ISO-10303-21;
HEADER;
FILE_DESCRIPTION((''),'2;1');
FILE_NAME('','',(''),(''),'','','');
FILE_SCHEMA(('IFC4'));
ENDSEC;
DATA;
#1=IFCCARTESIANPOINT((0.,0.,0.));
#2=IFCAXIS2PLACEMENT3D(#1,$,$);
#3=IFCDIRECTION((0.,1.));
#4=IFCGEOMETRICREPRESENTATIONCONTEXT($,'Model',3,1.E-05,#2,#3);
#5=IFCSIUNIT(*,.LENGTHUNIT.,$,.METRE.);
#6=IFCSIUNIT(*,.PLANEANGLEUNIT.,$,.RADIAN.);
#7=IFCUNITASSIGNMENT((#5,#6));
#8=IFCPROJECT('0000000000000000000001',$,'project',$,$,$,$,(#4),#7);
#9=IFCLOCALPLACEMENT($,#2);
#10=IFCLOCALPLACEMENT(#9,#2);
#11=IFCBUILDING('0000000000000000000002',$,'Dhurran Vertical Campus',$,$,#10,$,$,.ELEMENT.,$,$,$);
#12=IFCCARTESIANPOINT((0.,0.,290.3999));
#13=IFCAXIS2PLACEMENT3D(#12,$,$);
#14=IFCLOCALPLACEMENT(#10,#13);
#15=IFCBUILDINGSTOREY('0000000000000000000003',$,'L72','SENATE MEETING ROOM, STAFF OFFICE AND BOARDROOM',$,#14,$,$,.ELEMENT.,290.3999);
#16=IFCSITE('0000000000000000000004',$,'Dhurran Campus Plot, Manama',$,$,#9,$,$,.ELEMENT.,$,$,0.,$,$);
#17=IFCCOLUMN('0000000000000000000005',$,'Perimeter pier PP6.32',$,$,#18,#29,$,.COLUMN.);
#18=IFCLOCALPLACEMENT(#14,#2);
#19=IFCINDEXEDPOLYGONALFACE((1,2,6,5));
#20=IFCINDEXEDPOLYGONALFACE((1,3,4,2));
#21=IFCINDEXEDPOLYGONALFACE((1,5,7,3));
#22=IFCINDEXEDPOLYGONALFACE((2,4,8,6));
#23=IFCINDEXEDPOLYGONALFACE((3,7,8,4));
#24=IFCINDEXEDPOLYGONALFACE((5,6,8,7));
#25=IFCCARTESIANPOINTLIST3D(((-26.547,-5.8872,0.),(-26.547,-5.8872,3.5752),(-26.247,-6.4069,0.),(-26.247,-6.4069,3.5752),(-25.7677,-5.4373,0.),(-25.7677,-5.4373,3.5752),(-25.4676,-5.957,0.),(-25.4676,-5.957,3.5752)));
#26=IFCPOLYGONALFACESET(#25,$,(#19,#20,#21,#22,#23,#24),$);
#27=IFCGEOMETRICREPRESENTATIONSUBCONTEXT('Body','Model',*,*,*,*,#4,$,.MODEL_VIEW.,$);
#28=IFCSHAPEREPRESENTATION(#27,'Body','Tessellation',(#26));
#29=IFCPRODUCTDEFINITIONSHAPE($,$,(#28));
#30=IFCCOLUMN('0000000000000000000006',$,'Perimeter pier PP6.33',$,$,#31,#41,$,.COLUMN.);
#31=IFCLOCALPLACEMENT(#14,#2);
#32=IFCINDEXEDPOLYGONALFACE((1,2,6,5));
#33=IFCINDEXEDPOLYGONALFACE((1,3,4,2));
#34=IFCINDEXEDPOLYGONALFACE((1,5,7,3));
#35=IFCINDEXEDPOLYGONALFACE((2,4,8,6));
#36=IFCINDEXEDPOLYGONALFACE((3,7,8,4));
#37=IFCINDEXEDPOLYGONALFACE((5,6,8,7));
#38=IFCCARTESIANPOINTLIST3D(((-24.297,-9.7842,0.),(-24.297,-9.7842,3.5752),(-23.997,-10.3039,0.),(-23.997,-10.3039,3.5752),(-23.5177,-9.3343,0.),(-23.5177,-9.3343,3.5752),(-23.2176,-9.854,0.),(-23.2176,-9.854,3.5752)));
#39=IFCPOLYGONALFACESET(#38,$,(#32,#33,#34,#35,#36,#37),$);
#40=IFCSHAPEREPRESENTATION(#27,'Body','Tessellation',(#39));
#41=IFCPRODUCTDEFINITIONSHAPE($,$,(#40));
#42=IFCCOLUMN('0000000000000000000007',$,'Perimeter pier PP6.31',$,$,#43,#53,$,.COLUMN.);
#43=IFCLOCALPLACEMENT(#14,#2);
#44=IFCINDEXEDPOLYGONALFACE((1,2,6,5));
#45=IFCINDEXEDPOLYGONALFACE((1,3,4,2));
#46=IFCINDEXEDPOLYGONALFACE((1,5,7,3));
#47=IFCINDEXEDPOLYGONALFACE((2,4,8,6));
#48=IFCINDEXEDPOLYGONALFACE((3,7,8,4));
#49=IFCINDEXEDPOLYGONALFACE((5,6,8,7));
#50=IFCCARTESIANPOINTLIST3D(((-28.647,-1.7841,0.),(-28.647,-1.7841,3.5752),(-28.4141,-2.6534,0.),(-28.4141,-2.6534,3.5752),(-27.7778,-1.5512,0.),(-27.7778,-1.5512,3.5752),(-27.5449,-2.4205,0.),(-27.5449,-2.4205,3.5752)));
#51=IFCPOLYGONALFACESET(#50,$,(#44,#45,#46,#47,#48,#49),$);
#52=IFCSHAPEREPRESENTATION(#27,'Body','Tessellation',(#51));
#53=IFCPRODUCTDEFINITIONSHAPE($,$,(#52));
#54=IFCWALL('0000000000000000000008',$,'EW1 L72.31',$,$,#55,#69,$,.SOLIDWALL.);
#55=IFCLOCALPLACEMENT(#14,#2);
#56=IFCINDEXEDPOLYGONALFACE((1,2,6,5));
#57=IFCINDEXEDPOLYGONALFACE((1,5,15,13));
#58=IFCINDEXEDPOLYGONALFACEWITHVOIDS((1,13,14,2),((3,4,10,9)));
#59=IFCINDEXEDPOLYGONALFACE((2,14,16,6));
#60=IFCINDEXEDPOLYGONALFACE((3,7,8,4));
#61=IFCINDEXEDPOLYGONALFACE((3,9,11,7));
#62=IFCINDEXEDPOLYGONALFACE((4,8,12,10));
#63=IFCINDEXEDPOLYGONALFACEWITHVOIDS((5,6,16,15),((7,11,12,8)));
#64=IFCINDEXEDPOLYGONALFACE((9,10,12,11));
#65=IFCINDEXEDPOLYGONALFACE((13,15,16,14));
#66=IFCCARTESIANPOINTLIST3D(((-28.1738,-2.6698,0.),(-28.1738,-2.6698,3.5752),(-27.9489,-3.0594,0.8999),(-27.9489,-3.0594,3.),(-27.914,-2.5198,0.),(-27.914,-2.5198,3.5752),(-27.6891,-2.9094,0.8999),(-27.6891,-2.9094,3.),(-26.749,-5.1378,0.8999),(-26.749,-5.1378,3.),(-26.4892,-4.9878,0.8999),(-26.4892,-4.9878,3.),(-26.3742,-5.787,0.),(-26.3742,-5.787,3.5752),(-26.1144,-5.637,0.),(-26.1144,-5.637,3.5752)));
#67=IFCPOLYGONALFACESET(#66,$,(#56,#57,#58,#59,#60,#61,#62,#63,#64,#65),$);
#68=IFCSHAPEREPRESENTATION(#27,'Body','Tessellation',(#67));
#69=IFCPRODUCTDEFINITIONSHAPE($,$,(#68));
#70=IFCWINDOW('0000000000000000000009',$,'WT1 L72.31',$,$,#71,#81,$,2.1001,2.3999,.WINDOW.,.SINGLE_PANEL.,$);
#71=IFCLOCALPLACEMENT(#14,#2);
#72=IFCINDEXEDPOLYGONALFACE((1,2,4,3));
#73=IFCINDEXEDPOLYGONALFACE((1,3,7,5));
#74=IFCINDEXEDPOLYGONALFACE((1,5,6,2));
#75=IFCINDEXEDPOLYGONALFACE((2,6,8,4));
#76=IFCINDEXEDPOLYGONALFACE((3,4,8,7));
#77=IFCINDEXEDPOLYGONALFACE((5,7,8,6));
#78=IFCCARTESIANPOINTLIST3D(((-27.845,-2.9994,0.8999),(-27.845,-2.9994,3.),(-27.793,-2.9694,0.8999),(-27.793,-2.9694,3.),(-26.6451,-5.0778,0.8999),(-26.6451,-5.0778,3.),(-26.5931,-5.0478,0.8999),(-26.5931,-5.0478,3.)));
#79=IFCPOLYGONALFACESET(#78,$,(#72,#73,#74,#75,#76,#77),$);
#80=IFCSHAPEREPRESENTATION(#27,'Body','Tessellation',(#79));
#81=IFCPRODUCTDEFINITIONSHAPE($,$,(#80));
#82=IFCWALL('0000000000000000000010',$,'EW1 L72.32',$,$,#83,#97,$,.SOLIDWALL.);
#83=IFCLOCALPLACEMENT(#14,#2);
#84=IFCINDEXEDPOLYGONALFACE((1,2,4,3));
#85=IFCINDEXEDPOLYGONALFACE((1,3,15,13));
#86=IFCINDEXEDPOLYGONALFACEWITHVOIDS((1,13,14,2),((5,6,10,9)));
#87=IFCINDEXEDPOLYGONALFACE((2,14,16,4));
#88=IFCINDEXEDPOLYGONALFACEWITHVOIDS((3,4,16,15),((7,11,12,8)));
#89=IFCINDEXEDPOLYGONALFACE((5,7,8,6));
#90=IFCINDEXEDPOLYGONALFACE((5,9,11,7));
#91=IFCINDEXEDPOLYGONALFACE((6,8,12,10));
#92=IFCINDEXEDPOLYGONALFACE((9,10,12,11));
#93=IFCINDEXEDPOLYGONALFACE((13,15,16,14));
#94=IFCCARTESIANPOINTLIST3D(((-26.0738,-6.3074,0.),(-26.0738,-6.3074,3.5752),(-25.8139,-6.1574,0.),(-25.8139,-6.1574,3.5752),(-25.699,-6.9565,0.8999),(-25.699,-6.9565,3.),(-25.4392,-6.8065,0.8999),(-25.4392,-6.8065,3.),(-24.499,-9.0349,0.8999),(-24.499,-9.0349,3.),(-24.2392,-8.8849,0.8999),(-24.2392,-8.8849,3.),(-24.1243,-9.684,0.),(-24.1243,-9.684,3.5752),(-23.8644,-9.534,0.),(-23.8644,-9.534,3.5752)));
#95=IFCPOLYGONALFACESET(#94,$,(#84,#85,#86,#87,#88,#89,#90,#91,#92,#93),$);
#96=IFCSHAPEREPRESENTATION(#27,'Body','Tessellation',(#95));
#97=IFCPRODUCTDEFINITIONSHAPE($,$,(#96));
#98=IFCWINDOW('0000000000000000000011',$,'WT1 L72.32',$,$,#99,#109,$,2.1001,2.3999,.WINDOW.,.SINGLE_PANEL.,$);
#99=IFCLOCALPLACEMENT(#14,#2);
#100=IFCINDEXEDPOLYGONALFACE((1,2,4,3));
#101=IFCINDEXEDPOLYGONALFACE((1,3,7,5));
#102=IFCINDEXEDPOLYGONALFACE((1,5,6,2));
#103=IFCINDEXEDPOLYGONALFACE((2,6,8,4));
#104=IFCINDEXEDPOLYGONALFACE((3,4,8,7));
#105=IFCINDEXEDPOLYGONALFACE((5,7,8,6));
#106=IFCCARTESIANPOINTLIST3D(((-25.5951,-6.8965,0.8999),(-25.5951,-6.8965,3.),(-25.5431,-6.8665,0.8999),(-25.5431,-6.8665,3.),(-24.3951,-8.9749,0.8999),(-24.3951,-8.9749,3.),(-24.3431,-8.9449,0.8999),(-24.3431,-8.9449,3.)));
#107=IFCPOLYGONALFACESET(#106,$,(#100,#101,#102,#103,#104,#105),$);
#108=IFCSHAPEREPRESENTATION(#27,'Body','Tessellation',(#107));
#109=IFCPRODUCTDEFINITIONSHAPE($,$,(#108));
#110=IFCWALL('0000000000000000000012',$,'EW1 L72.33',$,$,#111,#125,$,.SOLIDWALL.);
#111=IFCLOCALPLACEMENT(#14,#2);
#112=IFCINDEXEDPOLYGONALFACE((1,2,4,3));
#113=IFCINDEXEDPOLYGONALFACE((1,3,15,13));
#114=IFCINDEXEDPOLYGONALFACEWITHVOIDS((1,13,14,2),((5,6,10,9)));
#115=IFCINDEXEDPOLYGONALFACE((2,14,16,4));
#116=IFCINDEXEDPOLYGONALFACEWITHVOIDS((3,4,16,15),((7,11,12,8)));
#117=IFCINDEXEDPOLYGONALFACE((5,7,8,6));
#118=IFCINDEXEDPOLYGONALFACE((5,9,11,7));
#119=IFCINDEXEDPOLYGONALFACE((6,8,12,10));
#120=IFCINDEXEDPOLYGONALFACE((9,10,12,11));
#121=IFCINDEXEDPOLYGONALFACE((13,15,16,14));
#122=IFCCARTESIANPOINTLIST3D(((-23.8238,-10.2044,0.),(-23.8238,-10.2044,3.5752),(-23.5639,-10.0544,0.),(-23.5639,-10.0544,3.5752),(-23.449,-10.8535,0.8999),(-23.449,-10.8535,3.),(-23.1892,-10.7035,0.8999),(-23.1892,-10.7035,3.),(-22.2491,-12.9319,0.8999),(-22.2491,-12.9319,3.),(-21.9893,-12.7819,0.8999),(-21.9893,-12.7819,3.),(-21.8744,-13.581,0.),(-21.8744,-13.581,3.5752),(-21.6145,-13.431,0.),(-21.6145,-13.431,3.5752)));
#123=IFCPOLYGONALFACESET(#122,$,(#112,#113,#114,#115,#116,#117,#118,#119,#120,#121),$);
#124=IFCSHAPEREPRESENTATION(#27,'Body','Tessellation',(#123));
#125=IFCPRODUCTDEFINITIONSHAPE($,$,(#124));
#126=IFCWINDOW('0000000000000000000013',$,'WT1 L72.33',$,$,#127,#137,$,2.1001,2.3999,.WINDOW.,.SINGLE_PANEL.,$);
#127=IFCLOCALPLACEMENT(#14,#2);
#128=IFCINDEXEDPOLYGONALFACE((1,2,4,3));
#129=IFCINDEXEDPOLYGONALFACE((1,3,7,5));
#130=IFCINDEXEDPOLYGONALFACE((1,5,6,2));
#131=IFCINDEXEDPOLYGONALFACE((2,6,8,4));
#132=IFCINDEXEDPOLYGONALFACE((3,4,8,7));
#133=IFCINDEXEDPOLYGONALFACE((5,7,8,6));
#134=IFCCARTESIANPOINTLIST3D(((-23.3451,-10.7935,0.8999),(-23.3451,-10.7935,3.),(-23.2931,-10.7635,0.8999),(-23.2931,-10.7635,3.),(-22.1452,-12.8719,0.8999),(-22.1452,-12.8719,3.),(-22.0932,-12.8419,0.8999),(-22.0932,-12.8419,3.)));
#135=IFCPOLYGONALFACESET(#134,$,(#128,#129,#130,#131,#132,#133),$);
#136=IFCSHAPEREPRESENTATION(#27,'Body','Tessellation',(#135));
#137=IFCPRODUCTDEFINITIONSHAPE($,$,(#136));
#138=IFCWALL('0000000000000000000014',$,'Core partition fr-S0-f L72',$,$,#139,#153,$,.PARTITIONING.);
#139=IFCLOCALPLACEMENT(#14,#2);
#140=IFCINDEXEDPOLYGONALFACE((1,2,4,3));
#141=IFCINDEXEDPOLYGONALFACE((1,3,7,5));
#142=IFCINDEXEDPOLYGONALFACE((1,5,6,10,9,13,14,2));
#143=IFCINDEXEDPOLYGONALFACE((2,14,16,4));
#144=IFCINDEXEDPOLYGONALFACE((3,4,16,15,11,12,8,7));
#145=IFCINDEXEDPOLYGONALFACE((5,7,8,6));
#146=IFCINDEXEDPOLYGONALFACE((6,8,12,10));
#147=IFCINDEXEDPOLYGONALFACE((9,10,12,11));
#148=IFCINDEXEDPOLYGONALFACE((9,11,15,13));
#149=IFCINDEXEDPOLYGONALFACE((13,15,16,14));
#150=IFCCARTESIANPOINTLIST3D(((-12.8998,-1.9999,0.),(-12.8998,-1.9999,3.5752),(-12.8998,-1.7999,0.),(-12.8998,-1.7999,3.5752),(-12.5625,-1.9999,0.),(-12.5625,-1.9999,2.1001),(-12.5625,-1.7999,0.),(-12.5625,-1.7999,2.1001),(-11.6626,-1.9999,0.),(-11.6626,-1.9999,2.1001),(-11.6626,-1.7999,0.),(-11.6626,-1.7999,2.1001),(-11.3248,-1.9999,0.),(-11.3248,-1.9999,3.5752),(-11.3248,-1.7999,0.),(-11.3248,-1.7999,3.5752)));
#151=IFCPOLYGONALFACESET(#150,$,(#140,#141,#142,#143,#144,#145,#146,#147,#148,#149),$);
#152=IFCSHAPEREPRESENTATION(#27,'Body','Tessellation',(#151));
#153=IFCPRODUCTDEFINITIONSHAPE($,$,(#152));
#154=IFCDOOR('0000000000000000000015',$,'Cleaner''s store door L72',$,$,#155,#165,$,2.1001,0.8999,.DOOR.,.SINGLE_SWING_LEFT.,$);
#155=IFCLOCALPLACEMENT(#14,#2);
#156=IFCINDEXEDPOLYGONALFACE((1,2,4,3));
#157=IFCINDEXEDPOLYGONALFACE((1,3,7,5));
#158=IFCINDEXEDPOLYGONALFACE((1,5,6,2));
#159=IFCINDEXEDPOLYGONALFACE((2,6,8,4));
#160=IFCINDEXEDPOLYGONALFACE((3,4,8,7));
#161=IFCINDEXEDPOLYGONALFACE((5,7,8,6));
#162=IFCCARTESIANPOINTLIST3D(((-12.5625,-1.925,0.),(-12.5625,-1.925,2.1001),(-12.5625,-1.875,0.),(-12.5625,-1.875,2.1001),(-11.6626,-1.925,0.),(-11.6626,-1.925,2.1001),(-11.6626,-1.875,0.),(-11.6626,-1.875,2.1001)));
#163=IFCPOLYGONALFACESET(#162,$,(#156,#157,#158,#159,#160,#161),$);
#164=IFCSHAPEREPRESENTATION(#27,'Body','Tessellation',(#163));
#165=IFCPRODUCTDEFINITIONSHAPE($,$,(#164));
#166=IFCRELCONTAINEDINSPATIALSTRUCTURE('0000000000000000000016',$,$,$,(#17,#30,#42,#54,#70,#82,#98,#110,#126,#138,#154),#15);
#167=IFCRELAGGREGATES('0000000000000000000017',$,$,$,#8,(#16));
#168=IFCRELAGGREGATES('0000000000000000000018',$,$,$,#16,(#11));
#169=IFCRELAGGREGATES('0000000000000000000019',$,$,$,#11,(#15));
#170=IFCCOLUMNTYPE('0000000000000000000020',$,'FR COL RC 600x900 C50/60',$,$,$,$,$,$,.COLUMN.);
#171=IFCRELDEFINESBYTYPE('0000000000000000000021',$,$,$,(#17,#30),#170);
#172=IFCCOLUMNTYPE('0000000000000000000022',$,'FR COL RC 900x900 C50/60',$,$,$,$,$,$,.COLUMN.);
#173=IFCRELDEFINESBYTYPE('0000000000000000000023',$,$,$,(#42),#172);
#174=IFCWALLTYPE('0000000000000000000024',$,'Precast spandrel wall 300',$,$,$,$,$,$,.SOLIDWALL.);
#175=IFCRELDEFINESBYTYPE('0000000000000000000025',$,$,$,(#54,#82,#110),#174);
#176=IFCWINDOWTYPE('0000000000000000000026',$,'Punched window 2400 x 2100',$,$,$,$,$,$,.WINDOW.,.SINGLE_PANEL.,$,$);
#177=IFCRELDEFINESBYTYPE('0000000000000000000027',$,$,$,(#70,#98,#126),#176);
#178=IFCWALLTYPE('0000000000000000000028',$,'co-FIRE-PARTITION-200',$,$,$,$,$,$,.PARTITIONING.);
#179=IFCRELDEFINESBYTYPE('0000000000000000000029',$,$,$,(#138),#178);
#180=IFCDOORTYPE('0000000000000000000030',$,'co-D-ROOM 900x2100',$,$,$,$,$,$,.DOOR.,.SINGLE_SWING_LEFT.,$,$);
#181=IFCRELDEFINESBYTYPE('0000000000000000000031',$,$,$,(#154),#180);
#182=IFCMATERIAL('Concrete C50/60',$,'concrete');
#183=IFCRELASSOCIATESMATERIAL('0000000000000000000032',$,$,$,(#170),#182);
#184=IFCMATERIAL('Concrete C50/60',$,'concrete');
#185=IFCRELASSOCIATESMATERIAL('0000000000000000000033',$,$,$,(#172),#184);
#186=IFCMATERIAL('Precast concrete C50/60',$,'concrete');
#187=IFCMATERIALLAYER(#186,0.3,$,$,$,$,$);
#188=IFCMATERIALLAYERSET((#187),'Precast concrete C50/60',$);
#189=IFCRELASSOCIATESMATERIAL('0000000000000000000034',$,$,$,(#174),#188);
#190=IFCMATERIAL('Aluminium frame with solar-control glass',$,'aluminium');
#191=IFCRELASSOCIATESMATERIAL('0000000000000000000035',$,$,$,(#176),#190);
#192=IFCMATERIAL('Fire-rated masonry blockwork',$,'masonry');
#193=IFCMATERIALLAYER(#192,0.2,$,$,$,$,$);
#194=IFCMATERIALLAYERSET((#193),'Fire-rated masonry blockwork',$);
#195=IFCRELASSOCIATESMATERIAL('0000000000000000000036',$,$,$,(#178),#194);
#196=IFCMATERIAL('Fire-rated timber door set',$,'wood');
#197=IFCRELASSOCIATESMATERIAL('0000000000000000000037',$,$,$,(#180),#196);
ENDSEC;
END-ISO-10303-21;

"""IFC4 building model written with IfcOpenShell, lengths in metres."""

from ifc_helpers import new_model, si_unit, direction, frame, frame_2d, origin, origin_2d, place, context, subcontext, project, spatial, rectangle, extrude, material, layer, layer_set, material_profile, profile_set, type_object, element, fill, save


model = new_model("IFC4")

# Units and contexts
model_context = context("Model", 3, precision=1e-05, world=origin(), true_north=direction((0.0, 1.0)))
body_context = subcontext(model_context, "Body", "Model", "MODEL_VIEW")
ifc_project = project(units=[si_unit("LENGTHUNIT", "METRE"), si_unit("PLANEANGLEUNIT", "RADIAN")], contexts=[model_context])

# Site, building, storey
site_placement = place(None, origin())
site = spatial("IfcSite", under=ifc_project, at=site_placement, Name="Dhurran Campus Plot, Manama", CompositionType="ELEMENT", RefElevation=0.0)
building_placement = place(site_placement, origin())
building = spatial("IfcBuilding", under=site, at=building_placement, Name="Dhurran Vertical Campus", CompositionType="ELEMENT")
storey_placement = place(building_placement, frame((0.0, 0.0, 290.3999)))
storey = spatial("IfcBuildingStorey", under=building, at=storey_placement, Name="L72", Description="SENATE MEETING ROOM, STAFF OFFICE AND BOARDROOM", CompositionType="ELEMENT", Elevation=290.3999)

# Columns
ifc_material_1 = material(Name="Concrete C50/60", Category="concrete")
ifc_material_profile_1 = material_profile(ifc_material_1, rectangle(XDim=0.6001, YDim=0.8999, at=origin_2d()), Name="RC 600x900")
ifc_profile_set_1 = profile_set([ifc_material_profile_1], Name="Concrete C50/60")
column_type_1 = type_object("IfcColumnType", Name="FR COL RC 600x900 C50/60", PredefinedType="COLUMN", material=ifc_profile_set_1)
for number, where, z_axis, x_axis, name in (
    (1, (-26.0073, -5.9221, 0.0), (0.0, 0.0, 1.0), (0.5, -0.866025, 0.0), "Perimeter pier PP6.32"),
    (2, (-23.7573, -9.8191, 0.0), (0.0, 0.0, 1.0), (0.5, -0.866025, 0.0), "Perimeter pier PP6.33"),
):
    element("IfcColumn", number, at=place(storey_placement, frame(where, z_axis=z_axis, x_axis=x_axis)), inside=storey, type_object=column_type_1, Name=name, PredefinedType="COLUMN", context=body_context, shape_type="SweptSolid", body=[
        extrude(rectangle(XDim=0.6001, YDim=0.8999, at=origin_2d()), origin(), (0.0, 0.0, 1.0), 3.5752),
    ])
ifc_material_2 = material(Name="Concrete C50/60", Category="concrete")
ifc_material_profile_2 = material_profile(ifc_material_2, rectangle(XDim=0.8999, YDim=0.8999, at=origin_2d()), Name="RC 900x900")
ifc_profile_set_2 = profile_set([ifc_material_profile_2], Name="Concrete C50/60")
column_type_2 = type_object("IfcColumnType", Name="FR COL RC 900x900 C50/60", PredefinedType="COLUMN", material=ifc_profile_set_2)
column_placement = place(storey_placement, frame((-28.0959, -2.1023, 0.0), z_axis=(0.0, 0.0, 1.0), x_axis=(0.258819, -0.965926, 0.0)))
element("IfcColumn", 3, at=column_placement, inside=storey, type_object=column_type_2, Name="Perimeter pier PP6.31", PredefinedType="COLUMN", context=body_context, shape_type="SweptSolid", body=[
    extrude(rectangle(XDim=0.8999, YDim=0.8999, at=origin_2d()), origin(), (0.0, 0.0, 1.0), 3.5752),
])

# Walls, openings, windows
ifc_material_3 = material(Name="Precast concrete C50/60", Category="concrete")
ifc_layer_1 = layer(ifc_material_3, 0.3)
ifc_layer_set_1 = layer_set([ifc_layer_1], Name="Precast concrete C50/60")
wall_type_1 = type_object("IfcWallType", Name="Precast spandrel wall 300", PredefinedType="SOLIDWALL", material=ifc_layer_set_1)
wall_1_placement = place(storey_placement, frame((-28.0439, -2.5947, 0.0), z_axis=(0.0, 0.0, 1.0), x_axis=(0.499969, -0.866043, 0.0)))
wall_1 = element("IfcWall", 4, at=wall_1_placement, inside=storey, type_object=wall_type_1, Name="EW1 L72.31", PredefinedType="SOLIDWALL", context=body_context, shape_type="SweptSolid", body=[
    extrude(rectangle(XDim=3.5994, YDim=0.3, at=frame_2d((1.7998, 0.0))), origin(), (0.0, 0.0, 1.0), 3.5752),
])
opening_1_placement = place(wall_1_placement, frame((0.45, 0.0, 0.8999)))
opening_1 = element("IfcOpeningElement", 5, at=opening_1_placement, cuts=wall_1, PredefinedType="OPENING", context=body_context, shape_type="SweptSolid", body=[
    extrude(rectangle(XDim=2.3999, YDim=2.1001, at=frame_2d((1.2, 1.05))), frame((0.0, 0.1599, 0.0), z_axis=(0.0, -1.0, 0.0), x_axis=(1.0, 0.0, 0.0)), (0.0, 0.0, 1.0), 0.3201),
])
ifc_material_4 = material(Name="Aluminium frame with solar-control glass", Category="aluminium")
window_type = type_object("IfcWindowType", Name="Punched window 2400 x 2100", PartitioningType="SINGLE_PANEL", PredefinedType="WINDOW", material=ifc_material_4)
window_1_placement = place(opening_1_placement, origin())
window_1 = element("IfcWindow", 6, at=window_1_placement, inside=storey, type_object=window_type, Name="WT1 L72.31", OverallHeight=2.1001, OverallWidth=2.3999, PartitioningType="SINGLE_PANEL", PredefinedType="WINDOW", context=body_context, shape_type="SweptSolid", body=[
    extrude(rectangle(XDim=2.3999, YDim=2.1001, at=frame_2d((1.2, 1.05))), frame((0.0, 0.03, 0.0), z_axis=(0.0, -1.0, 0.0), x_axis=(1.0, 0.0, 0.0)), (0.0, 0.0, 1.0), 0.0601),
])
fill(opening_1, window_1)
wall_2_placement = place(storey_placement, frame((-25.9438, -6.2324, 0.0), z_axis=(0.0, 0.0, 1.0), x_axis=(0.500012, -0.866019, 0.0)))
wall_2 = element("IfcWall", 7, at=wall_2_placement, inside=storey, type_object=wall_type_1, Name="EW1 L72.32", PredefinedType="SOLIDWALL", context=body_context, shape_type="SweptSolid", body=[
    extrude(rectangle(XDim=3.8989, YDim=0.3, at=frame_2d((1.9495, 0.0))), origin(), (0.0, 0.0, 1.0), 3.5752),
])
opening_2_placement = place(wall_2_placement, frame((0.7495, 0.0, 0.8999)))
opening_2 = element("IfcOpeningElement", 8, at=opening_2_placement, cuts=wall_2, PredefinedType="OPENING", context=body_context, shape_type="SweptSolid", body=[
    extrude(rectangle(XDim=2.3999, YDim=2.1001, at=frame_2d((1.2, 1.05))), frame((0.0, 0.1599, 0.0), z_axis=(0.0, -1.0, 0.0), x_axis=(1.0, 0.0, 0.0)), (0.0, 0.0, 1.0), 0.3201),
])
window_2_placement = place(opening_2_placement, origin())
window_2 = element("IfcWindow", 9, at=window_2_placement, inside=storey, type_object=window_type, Name="WT1 L72.32", OverallHeight=2.1001, OverallWidth=2.3999, PartitioningType="SINGLE_PANEL", PredefinedType="WINDOW", context=body_context, shape_type="SweptSolid", body=[
    extrude(rectangle(XDim=2.3999, YDim=2.1001, at=frame_2d((1.2, 1.05))), frame((0.0, 0.03, 0.0), z_axis=(0.0, -1.0, 0.0), x_axis=(1.0, 0.0, 0.0)), (0.0, 0.0, 1.0), 0.0601),
])
fill(opening_2, window_2)
wall_3_placement = place(storey_placement, frame((-23.6938, -10.1294, 0.0), z_axis=(0.0, 0.0, 1.0), x_axis=(0.499984, -0.866034, 0.0)))
wall_3 = element("IfcWall", 10, at=wall_3_placement, inside=storey, type_object=wall_type_1, Name="EW1 L72.33", PredefinedType="SOLIDWALL", context=body_context, shape_type="SweptSolid", body=[
    extrude(rectangle(XDim=3.8989, YDim=0.3, at=frame_2d((1.9495, 0.0))), origin(), (0.0, 0.0, 1.0), 3.5752),
])
opening_3_placement = place(wall_3_placement, frame((0.7495, 0.0, 0.8999)))
opening_3 = element("IfcOpeningElement", 11, at=opening_3_placement, cuts=wall_3, PredefinedType="OPENING", context=body_context, shape_type="SweptSolid", body=[
    extrude(rectangle(XDim=2.3999, YDim=2.1001, at=frame_2d((1.2, 1.05))), frame((0.0, 0.1599, 0.0), z_axis=(0.0, -1.0, 0.0), x_axis=(1.0, 0.0, 0.0)), (0.0, 0.0, 1.0), 0.3201),
])
window_3_placement = place(opening_3_placement, origin())
window_3 = element("IfcWindow", 12, at=window_3_placement, inside=storey, type_object=window_type, Name="WT1 L72.33", OverallHeight=2.1001, OverallWidth=2.3999, PartitioningType="SINGLE_PANEL", PredefinedType="WINDOW", context=body_context, shape_type="SweptSolid", body=[
    extrude(rectangle(XDim=2.3999, YDim=2.1001, at=frame_2d((1.2, 1.05))), frame((0.0, 0.03, 0.0), z_axis=(0.0, -1.0, 0.0), x_axis=(1.0, 0.0, 0.0)), (0.0, 0.0, 1.0), 0.0601),
])
fill(opening_3, window_3)

# Wall, opening, door
ifc_material_5 = material(Name="Fire-rated masonry blockwork", Category="masonry")
ifc_layer_2 = layer(ifc_material_5, 0.2)
ifc_layer_set_2 = layer_set([ifc_layer_2], Name="Fire-rated masonry blockwork")
wall_type_2 = type_object("IfcWallType", Name="co-FIRE-PARTITION-200", PredefinedType="PARTITIONING", material=ifc_layer_set_2)
wall_4_placement = place(storey_placement, frame((-12.8999, -1.8999, 0.0), z_axis=(0.0, 0.0, 1.0), x_axis=(1.0, 0.0, 0.0)))
wall_4 = element("IfcWall", 13, at=wall_4_placement, inside=storey, type_object=wall_type_2, Name="Core partition fr-S0-f L72", PredefinedType="PARTITIONING", context=body_context, shape_type="SweptSolid", body=[
    extrude(rectangle(XDim=1.575, YDim=0.2, at=frame_2d((0.7876, 0.0))), origin(), (0.0, 0.0, 1.0), 3.5752),
])
opening_4_placement = place(wall_4_placement, frame((0.3374, 0.0, 0.0)))
opening_4 = element("IfcOpeningElement", 14, at=opening_4_placement, cuts=wall_4, PredefinedType="OPENING", context=body_context, shape_type="SweptSolid", body=[
    extrude(rectangle(XDim=0.8999, YDim=2.1001, at=frame_2d((0.45, 1.05))), frame((0.0, 0.1099, 0.0), z_axis=(0.0, -1.0, 0.0), x_axis=(1.0, 0.0, 0.0)), (0.0, 0.0, 1.0), 0.22),
])
ifc_material_6 = material(Name="Fire-rated timber door set", Category="wood")
door_type_1 = type_object("IfcDoorType", Name="co-D-ROOM 900x2100", OperationType="SINGLE_SWING_LEFT", PredefinedType="DOOR", material=ifc_material_6)
door_1_placement = place(opening_4_placement, origin())
door_1 = element("IfcDoor", 15, at=door_1_placement, inside=storey, type_object=door_type_1, Name="Cleaner's store door L72", OperationType="SINGLE_SWING_LEFT", OverallHeight=2.1001, OverallWidth=0.8999, PredefinedType="DOOR", context=body_context, shape_type="SweptSolid", body=[
    extrude(rectangle(XDim=0.8999, YDim=2.1001, at=frame_2d((0.45, 1.05))), frame((0.0, 0.0249, 0.0), z_axis=(0.0, -1.0, 0.0), x_axis=(1.0, 0.0, 0.0)), (0.0, 0.0, 1.0), 0.05),
])
fill(opening_4, door_1)

save(model, "model.ifc")
